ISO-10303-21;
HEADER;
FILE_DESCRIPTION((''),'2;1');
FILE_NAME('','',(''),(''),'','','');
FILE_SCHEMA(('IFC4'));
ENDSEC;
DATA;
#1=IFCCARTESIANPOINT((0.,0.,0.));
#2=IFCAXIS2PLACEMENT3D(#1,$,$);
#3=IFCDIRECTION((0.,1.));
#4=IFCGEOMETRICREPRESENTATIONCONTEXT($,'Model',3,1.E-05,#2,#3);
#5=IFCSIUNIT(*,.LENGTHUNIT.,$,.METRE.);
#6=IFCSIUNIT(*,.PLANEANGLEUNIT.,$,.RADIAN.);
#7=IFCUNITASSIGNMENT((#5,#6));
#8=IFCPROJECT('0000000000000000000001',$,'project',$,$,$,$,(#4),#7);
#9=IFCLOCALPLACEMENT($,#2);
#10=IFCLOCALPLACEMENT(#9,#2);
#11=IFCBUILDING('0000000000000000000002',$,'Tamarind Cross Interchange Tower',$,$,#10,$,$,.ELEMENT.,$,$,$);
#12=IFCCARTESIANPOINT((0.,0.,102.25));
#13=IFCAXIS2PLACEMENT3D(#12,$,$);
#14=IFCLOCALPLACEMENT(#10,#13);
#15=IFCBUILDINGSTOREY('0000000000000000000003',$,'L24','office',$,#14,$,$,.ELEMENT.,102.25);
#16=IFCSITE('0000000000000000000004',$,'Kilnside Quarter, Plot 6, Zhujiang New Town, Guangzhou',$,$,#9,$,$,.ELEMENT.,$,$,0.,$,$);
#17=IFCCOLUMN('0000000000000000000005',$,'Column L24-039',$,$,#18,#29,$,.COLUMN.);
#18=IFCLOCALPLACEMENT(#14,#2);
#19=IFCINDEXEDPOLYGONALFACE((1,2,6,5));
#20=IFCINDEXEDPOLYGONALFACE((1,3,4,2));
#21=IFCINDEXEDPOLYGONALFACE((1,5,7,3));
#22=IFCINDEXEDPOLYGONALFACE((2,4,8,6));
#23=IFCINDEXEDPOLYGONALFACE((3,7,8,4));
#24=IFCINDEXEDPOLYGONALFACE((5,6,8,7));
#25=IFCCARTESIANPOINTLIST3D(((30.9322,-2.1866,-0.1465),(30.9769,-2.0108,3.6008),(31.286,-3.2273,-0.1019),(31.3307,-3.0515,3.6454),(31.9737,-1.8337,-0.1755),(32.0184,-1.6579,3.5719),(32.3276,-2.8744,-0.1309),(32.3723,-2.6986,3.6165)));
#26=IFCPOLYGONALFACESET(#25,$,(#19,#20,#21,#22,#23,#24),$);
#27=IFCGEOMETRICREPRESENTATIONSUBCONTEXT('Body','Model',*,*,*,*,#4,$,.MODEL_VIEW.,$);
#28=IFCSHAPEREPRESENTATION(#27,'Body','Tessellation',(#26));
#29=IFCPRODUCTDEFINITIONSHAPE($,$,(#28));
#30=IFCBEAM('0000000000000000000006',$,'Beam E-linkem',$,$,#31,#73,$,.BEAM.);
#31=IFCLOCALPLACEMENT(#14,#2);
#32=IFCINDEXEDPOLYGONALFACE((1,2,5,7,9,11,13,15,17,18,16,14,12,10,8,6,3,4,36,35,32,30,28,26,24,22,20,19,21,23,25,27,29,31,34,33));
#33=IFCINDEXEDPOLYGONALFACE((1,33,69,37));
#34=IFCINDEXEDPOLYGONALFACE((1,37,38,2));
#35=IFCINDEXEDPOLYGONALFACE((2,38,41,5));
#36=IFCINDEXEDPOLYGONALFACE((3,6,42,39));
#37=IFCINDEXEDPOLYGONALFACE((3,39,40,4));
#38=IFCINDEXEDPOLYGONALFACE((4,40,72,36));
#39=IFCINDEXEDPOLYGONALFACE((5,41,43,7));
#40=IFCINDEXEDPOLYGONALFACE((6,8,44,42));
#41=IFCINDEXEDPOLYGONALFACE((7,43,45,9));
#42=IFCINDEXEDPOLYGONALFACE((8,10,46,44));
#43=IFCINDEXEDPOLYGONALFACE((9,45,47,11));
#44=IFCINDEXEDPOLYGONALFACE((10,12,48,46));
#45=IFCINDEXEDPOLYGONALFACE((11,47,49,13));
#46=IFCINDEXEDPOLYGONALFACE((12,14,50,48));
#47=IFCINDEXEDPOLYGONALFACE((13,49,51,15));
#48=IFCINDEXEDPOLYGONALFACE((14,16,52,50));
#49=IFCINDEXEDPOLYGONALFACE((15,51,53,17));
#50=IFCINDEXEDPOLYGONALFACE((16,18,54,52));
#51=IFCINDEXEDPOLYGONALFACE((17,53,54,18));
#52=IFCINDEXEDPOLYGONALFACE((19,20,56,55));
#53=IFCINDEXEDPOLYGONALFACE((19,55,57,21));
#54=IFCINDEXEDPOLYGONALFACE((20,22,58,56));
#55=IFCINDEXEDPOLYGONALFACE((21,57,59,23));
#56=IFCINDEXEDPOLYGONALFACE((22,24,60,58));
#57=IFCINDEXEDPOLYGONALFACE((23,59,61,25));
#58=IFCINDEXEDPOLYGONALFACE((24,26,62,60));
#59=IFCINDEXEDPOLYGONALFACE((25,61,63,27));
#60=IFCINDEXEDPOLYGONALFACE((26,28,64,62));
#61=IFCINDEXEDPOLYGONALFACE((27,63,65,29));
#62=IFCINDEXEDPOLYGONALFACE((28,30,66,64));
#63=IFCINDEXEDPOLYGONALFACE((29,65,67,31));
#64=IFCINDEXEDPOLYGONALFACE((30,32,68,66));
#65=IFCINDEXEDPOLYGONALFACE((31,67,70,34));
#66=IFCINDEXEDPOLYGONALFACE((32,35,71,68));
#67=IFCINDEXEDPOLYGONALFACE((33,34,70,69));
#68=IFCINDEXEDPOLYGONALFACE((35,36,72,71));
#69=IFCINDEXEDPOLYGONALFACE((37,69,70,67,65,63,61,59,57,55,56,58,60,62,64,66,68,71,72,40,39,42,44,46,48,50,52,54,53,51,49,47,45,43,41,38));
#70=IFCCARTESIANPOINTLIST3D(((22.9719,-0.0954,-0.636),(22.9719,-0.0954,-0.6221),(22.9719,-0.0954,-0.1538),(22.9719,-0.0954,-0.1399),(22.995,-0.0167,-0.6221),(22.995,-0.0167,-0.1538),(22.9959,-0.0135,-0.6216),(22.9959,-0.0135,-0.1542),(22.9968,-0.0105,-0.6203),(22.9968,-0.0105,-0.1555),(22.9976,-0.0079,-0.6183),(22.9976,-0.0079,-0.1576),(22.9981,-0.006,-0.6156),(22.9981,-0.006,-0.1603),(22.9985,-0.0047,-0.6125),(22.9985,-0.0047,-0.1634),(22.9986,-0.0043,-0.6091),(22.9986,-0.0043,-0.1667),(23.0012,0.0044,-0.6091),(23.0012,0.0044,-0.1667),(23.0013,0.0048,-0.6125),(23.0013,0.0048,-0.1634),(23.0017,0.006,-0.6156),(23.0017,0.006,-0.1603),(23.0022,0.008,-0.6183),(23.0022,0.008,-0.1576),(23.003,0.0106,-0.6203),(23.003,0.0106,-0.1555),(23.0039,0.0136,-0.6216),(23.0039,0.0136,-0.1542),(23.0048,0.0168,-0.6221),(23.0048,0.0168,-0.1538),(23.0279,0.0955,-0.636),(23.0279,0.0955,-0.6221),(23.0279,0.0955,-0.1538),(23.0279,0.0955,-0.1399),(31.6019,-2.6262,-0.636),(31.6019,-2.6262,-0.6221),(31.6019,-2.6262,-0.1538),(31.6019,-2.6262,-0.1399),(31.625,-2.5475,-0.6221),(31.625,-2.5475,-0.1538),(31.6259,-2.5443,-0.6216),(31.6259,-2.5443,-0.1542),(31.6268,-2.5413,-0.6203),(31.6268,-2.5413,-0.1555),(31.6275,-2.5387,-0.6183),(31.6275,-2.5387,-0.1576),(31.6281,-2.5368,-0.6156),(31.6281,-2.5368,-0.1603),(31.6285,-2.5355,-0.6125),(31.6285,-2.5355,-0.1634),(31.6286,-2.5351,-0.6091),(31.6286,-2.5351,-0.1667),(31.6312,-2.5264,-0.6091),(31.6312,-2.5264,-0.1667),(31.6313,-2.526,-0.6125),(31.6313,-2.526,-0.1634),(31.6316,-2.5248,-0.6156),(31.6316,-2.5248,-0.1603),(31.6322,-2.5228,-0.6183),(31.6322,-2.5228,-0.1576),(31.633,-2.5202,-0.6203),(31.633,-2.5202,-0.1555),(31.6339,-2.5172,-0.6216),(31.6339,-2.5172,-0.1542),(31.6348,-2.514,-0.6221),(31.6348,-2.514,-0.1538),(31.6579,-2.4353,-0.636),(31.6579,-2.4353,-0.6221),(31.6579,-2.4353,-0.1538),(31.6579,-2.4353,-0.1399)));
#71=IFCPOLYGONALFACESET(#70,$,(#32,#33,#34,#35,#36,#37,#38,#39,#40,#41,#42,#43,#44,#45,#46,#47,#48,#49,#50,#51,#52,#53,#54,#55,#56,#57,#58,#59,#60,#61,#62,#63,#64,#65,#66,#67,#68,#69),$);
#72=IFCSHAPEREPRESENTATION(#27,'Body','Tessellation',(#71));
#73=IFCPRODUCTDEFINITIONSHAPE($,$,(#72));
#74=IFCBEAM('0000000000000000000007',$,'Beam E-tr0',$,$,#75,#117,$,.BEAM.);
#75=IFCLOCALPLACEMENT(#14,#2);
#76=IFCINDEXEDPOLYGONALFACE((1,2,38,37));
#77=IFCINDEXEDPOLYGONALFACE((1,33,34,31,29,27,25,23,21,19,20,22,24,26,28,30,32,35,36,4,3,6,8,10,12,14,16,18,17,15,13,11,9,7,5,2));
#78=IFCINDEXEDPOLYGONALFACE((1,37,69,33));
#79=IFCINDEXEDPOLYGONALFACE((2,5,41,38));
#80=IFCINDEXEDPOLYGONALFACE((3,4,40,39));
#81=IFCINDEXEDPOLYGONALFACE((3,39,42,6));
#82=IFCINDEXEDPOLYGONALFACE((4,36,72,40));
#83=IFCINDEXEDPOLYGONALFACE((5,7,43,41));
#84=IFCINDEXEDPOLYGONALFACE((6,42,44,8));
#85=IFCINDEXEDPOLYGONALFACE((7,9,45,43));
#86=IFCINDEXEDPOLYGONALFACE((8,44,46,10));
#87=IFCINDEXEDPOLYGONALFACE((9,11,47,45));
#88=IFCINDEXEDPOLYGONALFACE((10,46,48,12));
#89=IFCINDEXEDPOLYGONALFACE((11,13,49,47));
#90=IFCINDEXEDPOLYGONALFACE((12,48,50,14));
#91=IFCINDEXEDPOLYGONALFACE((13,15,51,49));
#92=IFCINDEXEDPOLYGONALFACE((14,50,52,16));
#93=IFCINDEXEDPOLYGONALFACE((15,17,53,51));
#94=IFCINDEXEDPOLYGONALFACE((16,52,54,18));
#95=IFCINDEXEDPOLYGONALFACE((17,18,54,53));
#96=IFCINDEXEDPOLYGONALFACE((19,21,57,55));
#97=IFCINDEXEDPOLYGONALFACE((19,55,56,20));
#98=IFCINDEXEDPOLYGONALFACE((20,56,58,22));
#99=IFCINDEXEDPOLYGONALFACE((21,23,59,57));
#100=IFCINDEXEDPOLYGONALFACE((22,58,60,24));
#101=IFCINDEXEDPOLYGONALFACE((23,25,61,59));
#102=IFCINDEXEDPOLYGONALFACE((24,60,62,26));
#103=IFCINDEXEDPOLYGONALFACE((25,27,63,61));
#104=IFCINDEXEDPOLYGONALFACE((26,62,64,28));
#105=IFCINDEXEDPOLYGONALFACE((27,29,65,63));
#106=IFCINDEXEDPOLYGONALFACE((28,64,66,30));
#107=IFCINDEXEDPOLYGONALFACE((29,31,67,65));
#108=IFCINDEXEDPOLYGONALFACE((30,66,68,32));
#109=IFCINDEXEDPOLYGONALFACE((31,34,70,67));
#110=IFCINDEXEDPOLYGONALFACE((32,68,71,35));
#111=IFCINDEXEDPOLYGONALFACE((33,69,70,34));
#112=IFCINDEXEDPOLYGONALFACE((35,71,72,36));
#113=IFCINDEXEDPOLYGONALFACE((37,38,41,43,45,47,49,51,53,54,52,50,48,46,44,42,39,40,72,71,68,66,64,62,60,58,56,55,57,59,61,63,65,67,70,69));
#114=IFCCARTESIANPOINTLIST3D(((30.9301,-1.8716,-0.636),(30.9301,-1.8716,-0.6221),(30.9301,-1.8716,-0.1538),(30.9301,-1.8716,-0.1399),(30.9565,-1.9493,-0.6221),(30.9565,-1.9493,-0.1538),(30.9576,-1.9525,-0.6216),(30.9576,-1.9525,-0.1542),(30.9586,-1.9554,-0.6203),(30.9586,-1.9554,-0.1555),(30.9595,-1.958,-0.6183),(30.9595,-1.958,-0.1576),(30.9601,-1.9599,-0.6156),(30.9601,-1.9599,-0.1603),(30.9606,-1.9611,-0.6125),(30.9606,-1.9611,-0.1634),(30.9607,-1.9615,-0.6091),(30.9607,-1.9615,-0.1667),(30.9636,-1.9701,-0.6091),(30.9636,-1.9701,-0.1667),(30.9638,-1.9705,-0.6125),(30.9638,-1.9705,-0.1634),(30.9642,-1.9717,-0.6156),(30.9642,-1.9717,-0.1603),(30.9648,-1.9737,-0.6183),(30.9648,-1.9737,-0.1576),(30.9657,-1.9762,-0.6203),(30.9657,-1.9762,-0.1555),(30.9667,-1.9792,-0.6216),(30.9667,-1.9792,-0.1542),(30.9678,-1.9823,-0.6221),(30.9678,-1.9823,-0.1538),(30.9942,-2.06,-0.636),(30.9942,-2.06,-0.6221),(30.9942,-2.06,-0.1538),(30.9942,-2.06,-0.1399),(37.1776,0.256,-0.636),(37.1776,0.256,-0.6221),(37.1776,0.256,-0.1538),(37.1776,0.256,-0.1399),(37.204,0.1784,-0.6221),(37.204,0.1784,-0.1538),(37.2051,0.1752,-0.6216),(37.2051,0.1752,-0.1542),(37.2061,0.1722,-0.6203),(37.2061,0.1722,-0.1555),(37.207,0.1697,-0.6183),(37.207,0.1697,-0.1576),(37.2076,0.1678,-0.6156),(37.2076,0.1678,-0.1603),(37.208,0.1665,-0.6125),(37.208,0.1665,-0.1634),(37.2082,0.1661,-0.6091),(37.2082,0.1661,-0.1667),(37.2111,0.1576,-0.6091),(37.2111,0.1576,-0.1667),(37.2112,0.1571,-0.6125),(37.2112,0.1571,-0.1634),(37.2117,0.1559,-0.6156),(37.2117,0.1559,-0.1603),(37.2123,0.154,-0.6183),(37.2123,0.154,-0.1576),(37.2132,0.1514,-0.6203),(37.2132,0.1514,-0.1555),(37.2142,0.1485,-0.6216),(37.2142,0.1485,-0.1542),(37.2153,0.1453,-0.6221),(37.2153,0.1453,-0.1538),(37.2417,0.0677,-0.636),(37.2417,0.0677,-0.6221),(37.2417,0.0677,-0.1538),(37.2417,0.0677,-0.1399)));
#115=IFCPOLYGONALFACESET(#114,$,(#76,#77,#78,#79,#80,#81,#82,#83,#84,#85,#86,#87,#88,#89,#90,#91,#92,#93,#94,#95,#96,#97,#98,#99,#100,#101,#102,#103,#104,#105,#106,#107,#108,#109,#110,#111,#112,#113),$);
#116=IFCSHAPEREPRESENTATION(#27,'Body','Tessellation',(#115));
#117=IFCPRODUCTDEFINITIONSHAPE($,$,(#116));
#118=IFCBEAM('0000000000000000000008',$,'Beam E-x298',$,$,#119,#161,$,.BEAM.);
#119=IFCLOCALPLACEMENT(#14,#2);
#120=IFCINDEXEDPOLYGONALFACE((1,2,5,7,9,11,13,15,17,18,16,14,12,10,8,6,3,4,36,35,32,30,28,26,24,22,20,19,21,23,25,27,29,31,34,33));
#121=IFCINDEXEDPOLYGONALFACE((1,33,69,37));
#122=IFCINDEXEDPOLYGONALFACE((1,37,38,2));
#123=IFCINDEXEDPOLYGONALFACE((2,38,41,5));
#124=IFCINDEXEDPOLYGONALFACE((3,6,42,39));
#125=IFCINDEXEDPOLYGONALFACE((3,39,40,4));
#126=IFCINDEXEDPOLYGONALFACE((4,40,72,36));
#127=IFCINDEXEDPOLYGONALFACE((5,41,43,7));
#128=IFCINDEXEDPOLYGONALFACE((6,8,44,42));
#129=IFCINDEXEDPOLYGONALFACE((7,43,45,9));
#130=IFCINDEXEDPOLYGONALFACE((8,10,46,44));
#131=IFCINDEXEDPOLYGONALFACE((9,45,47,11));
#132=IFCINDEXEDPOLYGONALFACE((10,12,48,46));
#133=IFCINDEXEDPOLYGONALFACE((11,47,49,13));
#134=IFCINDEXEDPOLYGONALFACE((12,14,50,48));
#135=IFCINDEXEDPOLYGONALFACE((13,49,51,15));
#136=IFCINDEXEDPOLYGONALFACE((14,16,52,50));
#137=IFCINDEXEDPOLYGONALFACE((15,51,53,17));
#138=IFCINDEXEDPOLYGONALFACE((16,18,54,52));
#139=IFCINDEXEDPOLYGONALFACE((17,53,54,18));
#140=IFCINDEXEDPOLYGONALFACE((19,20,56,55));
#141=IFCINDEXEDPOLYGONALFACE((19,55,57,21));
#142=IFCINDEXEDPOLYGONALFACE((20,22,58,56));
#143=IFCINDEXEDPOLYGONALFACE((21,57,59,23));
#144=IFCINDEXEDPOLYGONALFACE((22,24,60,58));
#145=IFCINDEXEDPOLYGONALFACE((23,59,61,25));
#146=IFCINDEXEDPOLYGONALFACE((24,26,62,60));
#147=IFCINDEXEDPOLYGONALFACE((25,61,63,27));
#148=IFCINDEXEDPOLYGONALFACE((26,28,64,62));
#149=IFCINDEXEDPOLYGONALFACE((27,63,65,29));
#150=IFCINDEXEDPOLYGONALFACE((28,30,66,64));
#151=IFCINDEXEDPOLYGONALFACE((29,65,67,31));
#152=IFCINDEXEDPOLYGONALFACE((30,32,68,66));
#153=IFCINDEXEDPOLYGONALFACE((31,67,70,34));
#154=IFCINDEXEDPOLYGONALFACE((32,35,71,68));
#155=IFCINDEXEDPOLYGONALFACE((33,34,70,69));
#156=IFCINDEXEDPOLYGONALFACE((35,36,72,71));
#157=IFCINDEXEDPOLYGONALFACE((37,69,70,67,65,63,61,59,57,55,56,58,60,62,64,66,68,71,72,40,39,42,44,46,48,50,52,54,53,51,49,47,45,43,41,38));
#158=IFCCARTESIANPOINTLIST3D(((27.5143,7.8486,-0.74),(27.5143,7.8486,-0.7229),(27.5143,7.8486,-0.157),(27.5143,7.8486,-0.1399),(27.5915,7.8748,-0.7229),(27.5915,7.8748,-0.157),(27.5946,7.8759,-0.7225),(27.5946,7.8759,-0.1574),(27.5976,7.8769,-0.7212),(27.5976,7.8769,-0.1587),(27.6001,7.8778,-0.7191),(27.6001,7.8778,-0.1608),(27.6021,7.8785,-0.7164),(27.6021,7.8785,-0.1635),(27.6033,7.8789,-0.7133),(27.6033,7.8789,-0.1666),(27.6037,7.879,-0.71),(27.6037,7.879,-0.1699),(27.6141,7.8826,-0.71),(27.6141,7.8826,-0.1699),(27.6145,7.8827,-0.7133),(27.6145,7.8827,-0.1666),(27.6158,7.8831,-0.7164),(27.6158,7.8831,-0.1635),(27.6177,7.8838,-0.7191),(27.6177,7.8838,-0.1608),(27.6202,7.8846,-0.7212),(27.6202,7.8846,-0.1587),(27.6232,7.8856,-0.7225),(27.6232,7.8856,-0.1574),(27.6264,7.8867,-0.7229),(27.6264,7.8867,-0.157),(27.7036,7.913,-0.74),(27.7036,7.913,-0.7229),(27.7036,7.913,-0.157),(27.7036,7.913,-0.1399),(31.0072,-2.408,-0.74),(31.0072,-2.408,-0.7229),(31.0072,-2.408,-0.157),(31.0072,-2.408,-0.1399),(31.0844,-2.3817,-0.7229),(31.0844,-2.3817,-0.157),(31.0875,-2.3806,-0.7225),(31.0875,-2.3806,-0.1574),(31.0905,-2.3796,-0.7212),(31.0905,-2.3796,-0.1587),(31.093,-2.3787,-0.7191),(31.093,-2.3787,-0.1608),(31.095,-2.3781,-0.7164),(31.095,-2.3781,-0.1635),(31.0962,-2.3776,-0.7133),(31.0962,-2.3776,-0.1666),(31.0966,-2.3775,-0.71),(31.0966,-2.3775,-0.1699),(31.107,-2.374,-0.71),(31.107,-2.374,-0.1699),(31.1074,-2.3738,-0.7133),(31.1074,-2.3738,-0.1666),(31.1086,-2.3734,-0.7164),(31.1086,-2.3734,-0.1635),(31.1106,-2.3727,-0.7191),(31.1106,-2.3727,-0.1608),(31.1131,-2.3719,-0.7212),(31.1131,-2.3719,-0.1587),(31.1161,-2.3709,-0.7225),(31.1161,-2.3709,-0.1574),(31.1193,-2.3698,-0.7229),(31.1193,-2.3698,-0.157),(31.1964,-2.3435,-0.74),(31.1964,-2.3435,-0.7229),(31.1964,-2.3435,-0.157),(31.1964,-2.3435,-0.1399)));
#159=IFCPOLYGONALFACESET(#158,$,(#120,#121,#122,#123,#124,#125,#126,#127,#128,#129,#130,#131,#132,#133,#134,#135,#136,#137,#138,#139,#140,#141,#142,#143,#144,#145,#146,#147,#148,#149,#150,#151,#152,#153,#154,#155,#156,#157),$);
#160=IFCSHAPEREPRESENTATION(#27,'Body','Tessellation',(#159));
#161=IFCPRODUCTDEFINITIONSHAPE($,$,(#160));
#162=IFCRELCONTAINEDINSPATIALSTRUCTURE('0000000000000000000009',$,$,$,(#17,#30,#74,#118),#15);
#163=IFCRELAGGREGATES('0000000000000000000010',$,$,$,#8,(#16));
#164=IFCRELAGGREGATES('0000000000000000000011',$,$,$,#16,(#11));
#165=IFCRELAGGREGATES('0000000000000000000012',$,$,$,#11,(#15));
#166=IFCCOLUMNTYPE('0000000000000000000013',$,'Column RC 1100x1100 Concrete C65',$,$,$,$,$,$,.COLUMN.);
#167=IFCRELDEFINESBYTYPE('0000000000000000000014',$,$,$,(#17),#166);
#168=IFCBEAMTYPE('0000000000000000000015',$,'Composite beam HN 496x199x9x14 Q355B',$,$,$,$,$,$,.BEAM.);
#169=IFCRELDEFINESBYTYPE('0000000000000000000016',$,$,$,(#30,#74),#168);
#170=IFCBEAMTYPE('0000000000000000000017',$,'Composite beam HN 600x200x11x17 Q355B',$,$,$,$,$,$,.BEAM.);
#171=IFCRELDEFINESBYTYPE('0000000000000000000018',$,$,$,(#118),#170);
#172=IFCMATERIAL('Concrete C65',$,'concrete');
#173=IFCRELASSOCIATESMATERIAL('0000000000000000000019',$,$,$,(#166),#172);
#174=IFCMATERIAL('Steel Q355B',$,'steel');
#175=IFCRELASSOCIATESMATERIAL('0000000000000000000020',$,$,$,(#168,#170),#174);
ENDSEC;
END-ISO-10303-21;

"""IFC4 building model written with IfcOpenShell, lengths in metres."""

from ifc_helpers import new_model, si_unit, direction, frame, origin, origin_2d, place, context, subcontext, project, spatial, rectangle, i_section, extrude, material, material_profile, profile_set, type_object, element, save


model = new_model("IFC4")

# Units and contexts
model_context = context("Model", 3, precision=1e-05, world=origin(), true_north=direction((0.0, 1.0)))
body_context = subcontext(model_context, "Body", "Model", "MODEL_VIEW")
ifc_project = project(units=[si_unit("LENGTHUNIT", "METRE"), si_unit("PLANEANGLEUNIT", "RADIAN")], contexts=[model_context])

# Site, building, storey
site_placement = place(None, origin())
site = spatial("IfcSite", under=ifc_project, at=site_placement, Name="Kilnside Quarter, Plot 6, Zhujiang New Town, Guangzhou", CompositionType="ELEMENT", RefElevation=0.0)
building_placement = place(site_placement, origin())
building = spatial("IfcBuilding", under=site, at=building_placement, Name="Tamarind Cross Interchange Tower", CompositionType="ELEMENT")
storey_placement = place(building_placement, frame((0.0, 0.0, 102.25)))
storey = spatial("IfcBuildingStorey", under=building, at=storey_placement, Name="L24", Description="office", CompositionType="ELEMENT", Elevation=102.25)

# Column
ifc_material_1 = material(Name="Concrete C65", Category="concrete")
ifc_material_profile_1 = material_profile(ifc_material_1, rectangle(XDim=1.1001, YDim=1.1001, at=origin_2d()), Name="RC 1100x1100")
ifc_profile_set_1 = profile_set([ifc_material_profile_1], Name="Concrete C65")
column_type = type_object("IfcColumnType", Name="Column RC 1100x1100 Concrete C65", PredefinedType="COLUMN", material=ifc_profile_set_1)
column_placement = place(storey_placement, frame((31.6299, -2.5305, -0.1387), z_axis=(0.011909, 0.046854, 0.998831), x_axis=(-0.946788, -0.320778, 0.026335)))
element("IfcColumn", 1, at=column_placement, inside=storey, type_object=column_type, Name="Column L24-039", PredefinedType="COLUMN", context=body_context, shape_type="SweptSolid", body=[
    extrude(rectangle(XDim=1.1001, YDim=1.1001, at=origin_2d()), origin(), (0.0, 0.0, 1.0), 3.7517),
])

# Beams
ifc_material_2 = material(Name="Steel Q355B", Category="steel")
ifc_material_profile_2 = material_profile(ifc_material_2, i_section(OverallWidth=0.199, OverallDepth=0.4961, WebThickness=0.009, FlangeThickness=0.0139, FilletRadius=0.0129, at=origin_2d()), Name="HN 496x199x9x14")
ifc_profile_set_2 = profile_set([ifc_material_profile_2], Name="Steel Q355B")
beam_type_1 = type_object("IfcBeamType", Name="Composite beam HN 496x199x9x14 Q355B", PredefinedType="BEAM", material=ifc_profile_set_2)
beam_1_placement = place(storey_placement, frame((31.6299, -2.5308, -0.3879), z_axis=(-0.959589, 0.281405, 0.0), x_axis=(-0.281405, -0.959589, 0.0)))
element("IfcBeam", 2, at=beam_1_placement, inside=storey, type_object=beam_type_1, Name="Beam E-linkem", PredefinedType="BEAM", context=body_context, shape_type="SweptSolid", body=[
    extrude(i_section(OverallWidth=0.199, OverallDepth=0.4961, WebThickness=0.009, FlangeThickness=0.0139, FilletRadius=0.0129, at=origin_2d()), origin(), (0.0, 0.0, 1.0), 8.9934),
])
beam_2_placement = place(storey_placement, frame((30.9622, -1.9658, -0.3879), z_axis=(0.94661, 0.32238, 0.0), x_axis=(-0.32238, 0.94661, 0.0)))
element("IfcBeam", 3, at=beam_2_placement, inside=storey, type_object=beam_type_1, Name="Beam E-tr0", PredefinedType="BEAM", context=body_context, shape_type="SweptSolid", body=[
    extrude(i_section(OverallWidth=0.199, OverallDepth=0.4961, WebThickness=0.009, FlangeThickness=0.0139, FilletRadius=0.0129, at=origin_2d()), origin(), (0.0, 0.0, 1.0), 6.5999),
])
ifc_material_profile_3 = material_profile(ifc_material_2, i_section(OverallWidth=0.2, OverallDepth=0.6001, WebThickness=0.011, FlangeThickness=0.0171, FilletRadius=0.0129, at=origin_2d()), Name="HN 600x200x11x17")
ifc_profile_set_3 = profile_set([ifc_material_profile_3], Name="Steel Q355B")
beam_type_2 = type_object("IfcBeamType", Name="Composite beam HN 600x200x11x17 Q355B", PredefinedType="BEAM", material=ifc_profile_set_3)
beam_3_placement = place(storey_placement, frame((31.1018, -2.3757, -0.4399), z_axis=(-0.322372, 0.946613, 0.0), x_axis=(-0.946613, -0.322372, 0.0)))
element("IfcBeam", 4, at=beam_3_placement, inside=storey, type_object=beam_type_2, Name="Beam E-x298", PredefinedType="BEAM", context=body_context, shape_type="SweptSolid", body=[
    extrude(i_section(OverallWidth=0.2, OverallDepth=0.6001, WebThickness=0.011, FlangeThickness=0.0171, FilletRadius=0.0129, at=origin_2d()), origin(), (0.0, 0.0, 1.0), 10.835),
])

save(model, "model.ifc")
